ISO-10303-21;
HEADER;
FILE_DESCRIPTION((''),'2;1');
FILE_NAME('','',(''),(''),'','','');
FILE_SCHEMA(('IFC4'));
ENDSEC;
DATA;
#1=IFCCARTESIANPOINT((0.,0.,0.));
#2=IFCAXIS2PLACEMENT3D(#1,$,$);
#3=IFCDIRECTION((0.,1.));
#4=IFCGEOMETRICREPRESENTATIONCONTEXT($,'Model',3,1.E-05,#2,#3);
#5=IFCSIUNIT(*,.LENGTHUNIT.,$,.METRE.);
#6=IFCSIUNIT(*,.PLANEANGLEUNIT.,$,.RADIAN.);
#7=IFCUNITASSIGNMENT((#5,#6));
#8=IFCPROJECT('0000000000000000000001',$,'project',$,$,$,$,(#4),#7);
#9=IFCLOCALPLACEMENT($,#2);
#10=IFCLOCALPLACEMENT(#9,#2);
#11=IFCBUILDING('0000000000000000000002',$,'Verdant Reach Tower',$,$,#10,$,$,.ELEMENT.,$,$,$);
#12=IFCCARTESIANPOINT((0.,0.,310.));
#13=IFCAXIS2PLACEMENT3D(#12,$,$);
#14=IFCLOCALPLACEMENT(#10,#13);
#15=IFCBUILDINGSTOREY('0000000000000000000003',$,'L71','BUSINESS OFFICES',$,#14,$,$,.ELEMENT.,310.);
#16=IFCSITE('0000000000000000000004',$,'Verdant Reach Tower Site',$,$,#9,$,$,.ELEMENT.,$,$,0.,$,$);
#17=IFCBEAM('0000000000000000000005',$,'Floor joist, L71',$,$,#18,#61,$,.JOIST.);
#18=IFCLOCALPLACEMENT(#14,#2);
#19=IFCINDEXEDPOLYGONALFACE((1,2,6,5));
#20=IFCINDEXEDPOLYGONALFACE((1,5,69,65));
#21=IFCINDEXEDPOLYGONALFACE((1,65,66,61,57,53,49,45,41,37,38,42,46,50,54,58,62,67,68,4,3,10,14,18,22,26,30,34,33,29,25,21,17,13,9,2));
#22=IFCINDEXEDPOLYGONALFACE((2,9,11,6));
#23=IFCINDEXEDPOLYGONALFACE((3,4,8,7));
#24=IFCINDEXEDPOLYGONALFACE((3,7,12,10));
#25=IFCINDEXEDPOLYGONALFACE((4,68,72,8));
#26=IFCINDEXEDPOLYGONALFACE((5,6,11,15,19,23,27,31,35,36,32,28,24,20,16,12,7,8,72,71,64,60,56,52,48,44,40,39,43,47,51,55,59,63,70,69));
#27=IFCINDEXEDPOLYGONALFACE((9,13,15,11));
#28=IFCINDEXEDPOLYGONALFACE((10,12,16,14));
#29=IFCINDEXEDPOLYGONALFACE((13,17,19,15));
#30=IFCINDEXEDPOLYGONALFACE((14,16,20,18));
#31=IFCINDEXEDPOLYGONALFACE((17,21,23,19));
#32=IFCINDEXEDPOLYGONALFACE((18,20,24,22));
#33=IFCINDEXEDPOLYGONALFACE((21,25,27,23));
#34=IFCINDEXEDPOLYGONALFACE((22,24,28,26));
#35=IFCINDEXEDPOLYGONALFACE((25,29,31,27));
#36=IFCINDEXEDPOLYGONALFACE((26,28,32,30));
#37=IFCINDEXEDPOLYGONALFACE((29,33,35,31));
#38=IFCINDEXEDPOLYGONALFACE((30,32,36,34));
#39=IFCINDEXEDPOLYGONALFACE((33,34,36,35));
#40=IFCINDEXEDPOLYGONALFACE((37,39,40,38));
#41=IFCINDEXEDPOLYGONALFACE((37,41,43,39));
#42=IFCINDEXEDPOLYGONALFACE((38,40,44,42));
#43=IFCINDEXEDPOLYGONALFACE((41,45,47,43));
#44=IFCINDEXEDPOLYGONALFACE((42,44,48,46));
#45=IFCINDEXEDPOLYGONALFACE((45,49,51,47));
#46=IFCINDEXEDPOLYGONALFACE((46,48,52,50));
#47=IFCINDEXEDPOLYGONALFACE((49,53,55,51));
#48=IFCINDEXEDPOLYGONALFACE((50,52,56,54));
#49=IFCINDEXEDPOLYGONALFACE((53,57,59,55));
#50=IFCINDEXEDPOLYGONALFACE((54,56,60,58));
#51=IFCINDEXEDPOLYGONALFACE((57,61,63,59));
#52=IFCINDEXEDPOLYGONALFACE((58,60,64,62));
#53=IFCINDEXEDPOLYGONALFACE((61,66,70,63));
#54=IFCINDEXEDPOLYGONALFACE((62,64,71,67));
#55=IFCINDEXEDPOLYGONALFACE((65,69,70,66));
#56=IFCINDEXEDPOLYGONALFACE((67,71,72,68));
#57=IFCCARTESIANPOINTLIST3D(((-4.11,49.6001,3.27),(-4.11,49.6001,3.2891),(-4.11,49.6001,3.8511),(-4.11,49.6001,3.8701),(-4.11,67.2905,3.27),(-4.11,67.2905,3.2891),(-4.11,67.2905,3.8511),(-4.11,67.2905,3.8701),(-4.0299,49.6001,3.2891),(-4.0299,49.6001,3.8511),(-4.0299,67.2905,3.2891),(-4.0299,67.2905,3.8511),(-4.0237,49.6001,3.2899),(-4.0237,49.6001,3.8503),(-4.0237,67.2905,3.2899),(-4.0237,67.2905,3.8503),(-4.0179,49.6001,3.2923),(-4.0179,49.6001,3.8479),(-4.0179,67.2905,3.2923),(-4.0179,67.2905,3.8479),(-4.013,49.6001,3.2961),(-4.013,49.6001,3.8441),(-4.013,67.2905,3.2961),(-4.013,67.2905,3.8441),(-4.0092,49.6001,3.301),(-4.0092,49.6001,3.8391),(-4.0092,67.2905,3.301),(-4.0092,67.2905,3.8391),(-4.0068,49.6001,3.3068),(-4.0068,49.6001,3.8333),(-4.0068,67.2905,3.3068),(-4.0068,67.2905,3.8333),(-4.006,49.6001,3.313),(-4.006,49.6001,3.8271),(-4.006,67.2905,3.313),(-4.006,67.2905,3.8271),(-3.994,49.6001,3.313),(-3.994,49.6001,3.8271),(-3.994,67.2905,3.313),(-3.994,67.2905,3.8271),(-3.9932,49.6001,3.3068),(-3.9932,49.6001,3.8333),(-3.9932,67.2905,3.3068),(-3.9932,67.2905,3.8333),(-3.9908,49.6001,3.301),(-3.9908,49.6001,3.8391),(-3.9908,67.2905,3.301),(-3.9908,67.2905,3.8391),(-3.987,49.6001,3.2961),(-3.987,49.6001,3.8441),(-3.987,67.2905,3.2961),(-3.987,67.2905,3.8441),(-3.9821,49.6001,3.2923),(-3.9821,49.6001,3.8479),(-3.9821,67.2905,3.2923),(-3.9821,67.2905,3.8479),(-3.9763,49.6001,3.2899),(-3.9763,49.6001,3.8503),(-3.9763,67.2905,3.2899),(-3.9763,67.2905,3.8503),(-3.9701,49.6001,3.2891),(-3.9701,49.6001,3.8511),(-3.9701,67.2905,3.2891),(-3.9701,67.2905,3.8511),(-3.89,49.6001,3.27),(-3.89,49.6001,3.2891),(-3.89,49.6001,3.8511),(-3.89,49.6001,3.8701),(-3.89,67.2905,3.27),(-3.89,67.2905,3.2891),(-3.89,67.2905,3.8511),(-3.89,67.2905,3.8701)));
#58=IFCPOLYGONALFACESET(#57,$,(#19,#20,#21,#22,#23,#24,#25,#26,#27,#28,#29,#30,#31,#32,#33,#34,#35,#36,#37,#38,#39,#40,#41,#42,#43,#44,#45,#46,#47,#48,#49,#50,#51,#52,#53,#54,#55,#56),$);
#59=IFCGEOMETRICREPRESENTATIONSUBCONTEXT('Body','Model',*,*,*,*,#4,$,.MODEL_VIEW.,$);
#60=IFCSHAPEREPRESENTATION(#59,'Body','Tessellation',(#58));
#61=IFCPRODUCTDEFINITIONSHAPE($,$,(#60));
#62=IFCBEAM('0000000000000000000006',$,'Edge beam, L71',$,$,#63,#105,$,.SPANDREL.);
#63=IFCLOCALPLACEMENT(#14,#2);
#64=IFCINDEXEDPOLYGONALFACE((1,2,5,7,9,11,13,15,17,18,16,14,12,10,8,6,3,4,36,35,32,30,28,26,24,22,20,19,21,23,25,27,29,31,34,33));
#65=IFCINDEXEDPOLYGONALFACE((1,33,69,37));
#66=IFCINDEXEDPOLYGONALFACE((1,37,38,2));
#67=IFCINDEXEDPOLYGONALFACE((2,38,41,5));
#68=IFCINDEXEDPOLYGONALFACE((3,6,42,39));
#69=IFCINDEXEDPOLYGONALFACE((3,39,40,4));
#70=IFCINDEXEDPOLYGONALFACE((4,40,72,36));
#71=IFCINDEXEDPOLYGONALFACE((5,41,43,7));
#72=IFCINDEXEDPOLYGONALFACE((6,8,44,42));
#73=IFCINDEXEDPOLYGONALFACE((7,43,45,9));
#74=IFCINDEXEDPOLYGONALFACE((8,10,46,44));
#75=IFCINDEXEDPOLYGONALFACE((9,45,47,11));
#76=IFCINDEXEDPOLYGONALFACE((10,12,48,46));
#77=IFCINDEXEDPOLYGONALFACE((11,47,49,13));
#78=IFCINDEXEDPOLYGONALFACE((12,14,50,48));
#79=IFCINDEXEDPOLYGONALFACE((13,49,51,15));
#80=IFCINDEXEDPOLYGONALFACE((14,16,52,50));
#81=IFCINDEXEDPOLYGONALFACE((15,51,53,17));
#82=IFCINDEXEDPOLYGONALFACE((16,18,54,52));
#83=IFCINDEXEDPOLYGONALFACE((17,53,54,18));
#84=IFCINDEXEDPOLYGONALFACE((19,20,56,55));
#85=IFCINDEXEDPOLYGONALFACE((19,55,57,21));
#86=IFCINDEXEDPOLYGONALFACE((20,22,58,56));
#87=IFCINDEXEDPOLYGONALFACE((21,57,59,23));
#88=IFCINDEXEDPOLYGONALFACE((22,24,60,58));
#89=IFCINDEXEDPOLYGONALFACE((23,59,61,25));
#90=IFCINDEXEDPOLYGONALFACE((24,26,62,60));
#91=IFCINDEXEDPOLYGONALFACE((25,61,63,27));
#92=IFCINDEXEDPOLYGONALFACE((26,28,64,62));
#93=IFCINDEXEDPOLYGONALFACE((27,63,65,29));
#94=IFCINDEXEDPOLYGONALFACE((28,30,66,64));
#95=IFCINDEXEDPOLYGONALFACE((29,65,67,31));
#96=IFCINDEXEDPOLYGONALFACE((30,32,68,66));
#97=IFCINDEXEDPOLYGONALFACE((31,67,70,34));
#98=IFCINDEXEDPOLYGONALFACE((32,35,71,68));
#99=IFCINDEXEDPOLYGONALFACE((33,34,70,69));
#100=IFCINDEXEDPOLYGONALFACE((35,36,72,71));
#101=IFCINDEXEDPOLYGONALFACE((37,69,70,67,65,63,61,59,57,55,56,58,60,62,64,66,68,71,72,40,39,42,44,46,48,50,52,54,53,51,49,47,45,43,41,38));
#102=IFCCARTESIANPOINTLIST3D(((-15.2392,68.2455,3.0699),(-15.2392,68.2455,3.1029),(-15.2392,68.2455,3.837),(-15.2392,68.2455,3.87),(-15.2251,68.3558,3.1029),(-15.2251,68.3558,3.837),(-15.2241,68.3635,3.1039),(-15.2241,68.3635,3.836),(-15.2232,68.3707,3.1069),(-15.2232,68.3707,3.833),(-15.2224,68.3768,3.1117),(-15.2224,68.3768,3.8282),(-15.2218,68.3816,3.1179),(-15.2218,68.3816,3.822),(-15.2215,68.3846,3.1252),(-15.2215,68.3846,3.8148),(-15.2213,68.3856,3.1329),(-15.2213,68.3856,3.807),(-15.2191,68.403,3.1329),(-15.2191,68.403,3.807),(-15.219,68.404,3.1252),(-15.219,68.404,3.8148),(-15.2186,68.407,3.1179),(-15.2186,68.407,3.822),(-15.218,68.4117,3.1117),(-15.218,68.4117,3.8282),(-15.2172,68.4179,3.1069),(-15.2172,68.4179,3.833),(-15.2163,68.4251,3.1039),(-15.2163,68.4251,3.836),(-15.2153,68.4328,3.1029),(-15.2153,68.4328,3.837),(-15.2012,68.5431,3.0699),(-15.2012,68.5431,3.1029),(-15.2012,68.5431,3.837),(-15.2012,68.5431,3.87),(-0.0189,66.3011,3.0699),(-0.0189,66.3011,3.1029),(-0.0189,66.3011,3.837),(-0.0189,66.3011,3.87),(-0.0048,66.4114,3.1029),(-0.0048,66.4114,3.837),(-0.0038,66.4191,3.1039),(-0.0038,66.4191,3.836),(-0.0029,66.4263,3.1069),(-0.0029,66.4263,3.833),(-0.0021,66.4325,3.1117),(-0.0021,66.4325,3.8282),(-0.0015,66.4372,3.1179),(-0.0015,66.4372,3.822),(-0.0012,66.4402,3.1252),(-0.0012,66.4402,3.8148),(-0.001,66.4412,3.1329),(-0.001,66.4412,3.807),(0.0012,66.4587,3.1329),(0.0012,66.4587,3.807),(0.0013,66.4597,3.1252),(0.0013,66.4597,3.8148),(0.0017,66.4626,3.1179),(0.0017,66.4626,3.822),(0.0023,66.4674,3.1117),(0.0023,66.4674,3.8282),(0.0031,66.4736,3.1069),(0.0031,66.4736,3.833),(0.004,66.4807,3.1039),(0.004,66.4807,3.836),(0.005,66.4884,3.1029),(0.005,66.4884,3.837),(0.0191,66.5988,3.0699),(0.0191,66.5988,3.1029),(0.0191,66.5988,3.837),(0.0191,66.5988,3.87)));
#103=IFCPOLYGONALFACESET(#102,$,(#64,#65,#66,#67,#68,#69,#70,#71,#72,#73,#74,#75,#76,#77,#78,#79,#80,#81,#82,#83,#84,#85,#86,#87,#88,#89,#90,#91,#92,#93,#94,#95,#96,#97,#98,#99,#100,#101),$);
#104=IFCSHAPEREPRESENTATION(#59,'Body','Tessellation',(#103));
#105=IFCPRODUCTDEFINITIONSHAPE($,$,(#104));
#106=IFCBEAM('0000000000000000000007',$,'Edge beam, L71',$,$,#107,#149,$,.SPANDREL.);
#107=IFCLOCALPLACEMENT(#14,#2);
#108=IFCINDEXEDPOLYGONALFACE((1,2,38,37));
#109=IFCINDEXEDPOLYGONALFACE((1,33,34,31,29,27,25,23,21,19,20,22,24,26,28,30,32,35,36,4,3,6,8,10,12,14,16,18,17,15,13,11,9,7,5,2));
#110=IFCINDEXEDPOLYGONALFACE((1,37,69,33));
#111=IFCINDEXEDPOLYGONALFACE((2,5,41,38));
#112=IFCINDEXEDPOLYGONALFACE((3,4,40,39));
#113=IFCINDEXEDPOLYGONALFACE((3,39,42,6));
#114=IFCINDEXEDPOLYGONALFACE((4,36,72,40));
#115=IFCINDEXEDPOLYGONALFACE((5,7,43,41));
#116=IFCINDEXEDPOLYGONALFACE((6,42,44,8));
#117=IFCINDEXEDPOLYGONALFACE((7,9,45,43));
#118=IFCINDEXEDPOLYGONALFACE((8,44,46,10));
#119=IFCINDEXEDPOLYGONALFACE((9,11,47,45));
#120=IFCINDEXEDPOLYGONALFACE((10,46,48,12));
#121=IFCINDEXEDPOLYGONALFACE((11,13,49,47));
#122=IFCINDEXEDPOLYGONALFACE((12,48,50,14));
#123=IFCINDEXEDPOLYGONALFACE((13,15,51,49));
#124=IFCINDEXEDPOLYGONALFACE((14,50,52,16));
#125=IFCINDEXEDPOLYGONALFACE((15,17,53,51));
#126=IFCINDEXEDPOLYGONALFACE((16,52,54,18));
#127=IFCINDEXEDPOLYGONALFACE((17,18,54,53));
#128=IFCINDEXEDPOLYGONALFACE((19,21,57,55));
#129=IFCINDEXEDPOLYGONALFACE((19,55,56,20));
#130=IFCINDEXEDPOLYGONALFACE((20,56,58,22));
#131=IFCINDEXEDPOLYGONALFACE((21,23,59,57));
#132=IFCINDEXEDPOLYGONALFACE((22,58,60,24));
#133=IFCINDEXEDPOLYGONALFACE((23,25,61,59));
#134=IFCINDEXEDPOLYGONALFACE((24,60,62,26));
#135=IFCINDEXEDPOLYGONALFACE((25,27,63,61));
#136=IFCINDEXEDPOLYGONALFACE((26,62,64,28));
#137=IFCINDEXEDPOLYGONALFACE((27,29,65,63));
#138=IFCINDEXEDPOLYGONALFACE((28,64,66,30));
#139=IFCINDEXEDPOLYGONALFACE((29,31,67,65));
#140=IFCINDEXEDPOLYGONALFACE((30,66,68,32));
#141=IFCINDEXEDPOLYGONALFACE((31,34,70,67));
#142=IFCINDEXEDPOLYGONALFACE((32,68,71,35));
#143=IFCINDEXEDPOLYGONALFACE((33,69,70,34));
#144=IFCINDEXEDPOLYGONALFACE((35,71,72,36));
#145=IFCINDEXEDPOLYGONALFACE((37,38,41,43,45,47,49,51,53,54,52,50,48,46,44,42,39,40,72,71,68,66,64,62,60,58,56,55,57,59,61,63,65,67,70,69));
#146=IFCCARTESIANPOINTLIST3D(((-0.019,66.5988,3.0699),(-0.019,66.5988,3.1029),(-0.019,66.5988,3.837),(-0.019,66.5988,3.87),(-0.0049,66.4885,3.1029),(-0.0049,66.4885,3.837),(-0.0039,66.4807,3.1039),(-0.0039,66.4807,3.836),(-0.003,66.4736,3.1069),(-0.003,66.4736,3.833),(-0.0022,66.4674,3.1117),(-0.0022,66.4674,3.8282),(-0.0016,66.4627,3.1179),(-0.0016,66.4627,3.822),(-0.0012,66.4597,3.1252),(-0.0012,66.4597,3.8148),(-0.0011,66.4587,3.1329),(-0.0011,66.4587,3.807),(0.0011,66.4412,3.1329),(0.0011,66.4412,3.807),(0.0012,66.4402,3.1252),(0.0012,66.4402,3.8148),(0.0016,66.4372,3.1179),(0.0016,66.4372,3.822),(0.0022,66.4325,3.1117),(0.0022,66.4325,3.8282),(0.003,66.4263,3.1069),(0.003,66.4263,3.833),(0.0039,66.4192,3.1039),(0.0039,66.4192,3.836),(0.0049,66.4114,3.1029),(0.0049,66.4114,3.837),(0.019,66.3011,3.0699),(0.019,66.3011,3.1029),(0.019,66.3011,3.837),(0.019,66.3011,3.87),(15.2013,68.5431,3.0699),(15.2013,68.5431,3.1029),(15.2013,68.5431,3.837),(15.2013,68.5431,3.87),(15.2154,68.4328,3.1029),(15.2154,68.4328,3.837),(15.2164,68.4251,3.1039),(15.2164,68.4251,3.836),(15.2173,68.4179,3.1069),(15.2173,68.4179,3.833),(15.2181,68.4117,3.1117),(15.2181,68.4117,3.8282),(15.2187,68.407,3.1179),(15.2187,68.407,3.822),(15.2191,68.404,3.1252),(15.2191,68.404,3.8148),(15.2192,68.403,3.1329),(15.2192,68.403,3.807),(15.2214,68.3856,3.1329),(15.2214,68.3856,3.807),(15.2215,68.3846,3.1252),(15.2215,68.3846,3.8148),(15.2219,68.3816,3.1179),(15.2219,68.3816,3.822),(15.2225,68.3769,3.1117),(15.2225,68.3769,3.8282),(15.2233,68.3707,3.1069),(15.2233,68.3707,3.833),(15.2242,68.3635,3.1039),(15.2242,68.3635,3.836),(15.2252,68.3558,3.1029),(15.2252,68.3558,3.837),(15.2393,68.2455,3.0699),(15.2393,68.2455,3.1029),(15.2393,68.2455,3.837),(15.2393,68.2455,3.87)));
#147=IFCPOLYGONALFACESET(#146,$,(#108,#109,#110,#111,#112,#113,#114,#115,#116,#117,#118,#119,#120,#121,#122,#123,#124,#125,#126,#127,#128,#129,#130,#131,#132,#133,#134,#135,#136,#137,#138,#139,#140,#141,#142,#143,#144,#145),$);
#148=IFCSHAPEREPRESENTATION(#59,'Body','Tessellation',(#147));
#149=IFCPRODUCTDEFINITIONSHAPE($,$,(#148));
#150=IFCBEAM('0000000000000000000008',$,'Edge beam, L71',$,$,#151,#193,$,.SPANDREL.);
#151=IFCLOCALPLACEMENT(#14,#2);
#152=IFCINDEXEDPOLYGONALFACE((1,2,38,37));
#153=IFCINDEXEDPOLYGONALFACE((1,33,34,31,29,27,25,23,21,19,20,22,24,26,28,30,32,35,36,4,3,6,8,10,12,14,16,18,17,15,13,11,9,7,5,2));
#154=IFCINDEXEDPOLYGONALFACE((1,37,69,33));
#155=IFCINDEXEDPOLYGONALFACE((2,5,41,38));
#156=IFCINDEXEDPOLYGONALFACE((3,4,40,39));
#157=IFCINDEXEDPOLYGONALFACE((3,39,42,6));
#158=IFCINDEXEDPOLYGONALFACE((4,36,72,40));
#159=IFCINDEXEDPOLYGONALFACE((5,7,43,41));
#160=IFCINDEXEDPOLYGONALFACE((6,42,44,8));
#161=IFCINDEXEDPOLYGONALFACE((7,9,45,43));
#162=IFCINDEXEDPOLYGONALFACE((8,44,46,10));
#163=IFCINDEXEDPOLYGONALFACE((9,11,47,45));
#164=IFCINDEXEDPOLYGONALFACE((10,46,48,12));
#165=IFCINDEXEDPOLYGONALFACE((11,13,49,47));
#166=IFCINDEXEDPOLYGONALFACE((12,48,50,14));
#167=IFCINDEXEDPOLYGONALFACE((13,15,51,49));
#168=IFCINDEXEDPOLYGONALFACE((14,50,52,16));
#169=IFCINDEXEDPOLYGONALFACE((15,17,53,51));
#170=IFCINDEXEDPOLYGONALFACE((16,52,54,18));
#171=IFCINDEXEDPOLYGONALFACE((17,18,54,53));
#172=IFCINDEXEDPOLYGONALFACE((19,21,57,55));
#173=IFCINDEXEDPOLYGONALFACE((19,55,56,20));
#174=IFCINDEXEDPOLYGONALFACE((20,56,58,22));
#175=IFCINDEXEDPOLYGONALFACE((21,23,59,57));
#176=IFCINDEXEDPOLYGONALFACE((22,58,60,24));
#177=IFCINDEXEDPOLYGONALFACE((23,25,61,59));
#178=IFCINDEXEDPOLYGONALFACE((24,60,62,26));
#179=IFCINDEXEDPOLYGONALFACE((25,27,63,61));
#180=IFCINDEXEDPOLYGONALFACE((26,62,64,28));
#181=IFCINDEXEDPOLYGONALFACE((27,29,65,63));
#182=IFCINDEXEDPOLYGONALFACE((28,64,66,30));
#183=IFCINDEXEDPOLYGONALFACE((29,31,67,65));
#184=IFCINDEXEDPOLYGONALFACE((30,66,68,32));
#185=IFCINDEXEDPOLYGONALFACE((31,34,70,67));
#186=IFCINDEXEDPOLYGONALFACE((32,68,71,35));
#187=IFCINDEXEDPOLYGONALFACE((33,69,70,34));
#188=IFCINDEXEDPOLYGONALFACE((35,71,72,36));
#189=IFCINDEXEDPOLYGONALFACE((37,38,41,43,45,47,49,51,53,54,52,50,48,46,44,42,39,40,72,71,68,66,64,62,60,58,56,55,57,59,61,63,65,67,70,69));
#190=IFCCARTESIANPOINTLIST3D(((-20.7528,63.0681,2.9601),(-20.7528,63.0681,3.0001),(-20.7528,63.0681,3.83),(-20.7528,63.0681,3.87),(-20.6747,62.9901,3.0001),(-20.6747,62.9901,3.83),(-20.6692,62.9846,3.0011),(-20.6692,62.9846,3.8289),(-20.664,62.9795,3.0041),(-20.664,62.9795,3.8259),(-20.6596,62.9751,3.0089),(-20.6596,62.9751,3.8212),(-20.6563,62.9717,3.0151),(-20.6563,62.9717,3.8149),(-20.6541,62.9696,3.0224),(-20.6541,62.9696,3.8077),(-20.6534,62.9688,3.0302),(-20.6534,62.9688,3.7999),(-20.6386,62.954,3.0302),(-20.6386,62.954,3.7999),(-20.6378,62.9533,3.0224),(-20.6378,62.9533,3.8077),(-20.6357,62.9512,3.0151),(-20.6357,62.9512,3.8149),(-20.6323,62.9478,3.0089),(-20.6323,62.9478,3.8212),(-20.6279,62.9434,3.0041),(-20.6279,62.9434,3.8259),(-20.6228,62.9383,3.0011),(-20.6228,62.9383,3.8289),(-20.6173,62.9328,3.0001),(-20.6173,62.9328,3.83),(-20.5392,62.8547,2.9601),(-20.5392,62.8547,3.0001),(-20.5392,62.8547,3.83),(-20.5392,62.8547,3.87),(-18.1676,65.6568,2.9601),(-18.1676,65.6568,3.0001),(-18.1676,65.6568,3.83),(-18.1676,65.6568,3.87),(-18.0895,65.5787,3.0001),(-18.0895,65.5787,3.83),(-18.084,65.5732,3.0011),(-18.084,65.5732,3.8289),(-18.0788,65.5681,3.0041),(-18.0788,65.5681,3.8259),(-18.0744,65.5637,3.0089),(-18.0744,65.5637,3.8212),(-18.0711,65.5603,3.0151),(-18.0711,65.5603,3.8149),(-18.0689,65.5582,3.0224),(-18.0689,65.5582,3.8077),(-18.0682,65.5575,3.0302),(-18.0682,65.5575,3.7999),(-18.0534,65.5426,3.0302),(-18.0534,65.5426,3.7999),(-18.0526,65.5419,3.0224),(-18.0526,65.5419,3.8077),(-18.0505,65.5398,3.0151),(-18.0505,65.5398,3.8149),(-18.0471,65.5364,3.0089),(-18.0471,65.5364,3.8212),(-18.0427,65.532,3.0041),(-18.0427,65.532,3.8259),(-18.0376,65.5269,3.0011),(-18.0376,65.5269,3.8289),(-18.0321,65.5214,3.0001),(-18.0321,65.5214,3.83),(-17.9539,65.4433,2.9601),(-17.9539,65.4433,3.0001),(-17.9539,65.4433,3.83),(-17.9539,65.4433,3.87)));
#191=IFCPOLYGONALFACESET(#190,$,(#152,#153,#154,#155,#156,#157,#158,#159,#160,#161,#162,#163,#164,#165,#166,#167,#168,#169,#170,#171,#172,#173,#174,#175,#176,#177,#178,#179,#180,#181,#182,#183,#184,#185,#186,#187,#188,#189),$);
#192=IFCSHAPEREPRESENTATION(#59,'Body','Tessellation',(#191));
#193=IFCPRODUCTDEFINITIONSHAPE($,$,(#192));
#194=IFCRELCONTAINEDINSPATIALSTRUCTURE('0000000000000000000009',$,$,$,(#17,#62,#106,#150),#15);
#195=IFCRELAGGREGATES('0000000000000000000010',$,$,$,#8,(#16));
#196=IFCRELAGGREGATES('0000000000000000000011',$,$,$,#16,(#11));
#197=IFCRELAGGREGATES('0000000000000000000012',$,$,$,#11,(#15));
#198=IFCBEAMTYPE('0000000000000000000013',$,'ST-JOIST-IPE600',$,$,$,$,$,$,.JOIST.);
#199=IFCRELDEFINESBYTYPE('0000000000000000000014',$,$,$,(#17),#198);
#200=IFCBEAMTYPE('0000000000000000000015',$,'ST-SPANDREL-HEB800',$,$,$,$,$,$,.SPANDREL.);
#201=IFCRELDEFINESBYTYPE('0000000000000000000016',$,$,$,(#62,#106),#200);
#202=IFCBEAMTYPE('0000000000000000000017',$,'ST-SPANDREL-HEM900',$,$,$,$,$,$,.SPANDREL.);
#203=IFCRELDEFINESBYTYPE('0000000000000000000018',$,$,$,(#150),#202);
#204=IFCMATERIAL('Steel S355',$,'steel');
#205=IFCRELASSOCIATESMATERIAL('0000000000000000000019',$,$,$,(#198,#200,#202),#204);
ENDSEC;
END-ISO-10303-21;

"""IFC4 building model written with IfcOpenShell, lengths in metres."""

from ifc_helpers import new_model, si_unit, direction, frame, origin, origin_2d, place, context, subcontext, project, spatial, i_section, extrude, material, material_profile, profile_set, type_object, element, save


model = new_model("IFC4")

# Units and contexts
model_context = context("Model", 3, precision=1e-05, world=origin(), true_north=direction((0.0, 1.0)))
body_context = subcontext(model_context, "Body", "Model", "MODEL_VIEW")
ifc_project = project(units=[si_unit("LENGTHUNIT", "METRE"), si_unit("PLANEANGLEUNIT", "RADIAN")], contexts=[model_context])

# Site, building, storey
site_placement = place(None, origin())
site = spatial("IfcSite", under=ifc_project, at=site_placement, Name="Verdant Reach Tower Site", CompositionType="ELEMENT", RefElevation=0.0)
building_placement = place(site_placement, origin())
building = spatial("IfcBuilding", under=site, at=building_placement, Name="Verdant Reach Tower", CompositionType="ELEMENT")
storey_placement = place(building_placement, frame((0.0, 0.0, 310.0)))
storey = spatial("IfcBuildingStorey", under=building, at=storey_placement, Name="L71", Description="BUSINESS OFFICES", CompositionType="ELEMENT", Elevation=310.0)

# Beams
ifc_material_1 = material(Name="Steel S355", Category="steel")
ifc_material_profile_1 = material_profile(ifc_material_1, i_section(OverallWidth=0.22, OverallDepth=0.6001, WebThickness=0.012, FlangeThickness=0.019, FilletRadius=0.0239, at=origin_2d()), Name="IPE 600")
ifc_profile_set_1 = profile_set([ifc_material_profile_1], Name="Steel S355")
beam_type_1 = type_object("IfcBeamType", Name="ST-JOIST-IPE600", PredefinedType="JOIST", material=ifc_profile_set_1)
beam_1_placement = place(storey_placement, frame((-4.0, 49.6001, 3.5701), z_axis=(0.0, 1.0, 0.0), x_axis=(-1.0, 0.0, 0.0)))
element("IfcBeam", 1, at=beam_1_placement, inside=storey, type_object=beam_type_1, Name="Floor joist, L71", PredefinedType="JOIST", context=body_context, shape_type="SweptSolid", body=[
    extrude(i_section(OverallWidth=0.22, OverallDepth=0.6001, WebThickness=0.012, FlangeThickness=0.019, FilletRadius=0.0239, at=origin_2d()), origin(), (0.0, 0.0, 1.0), 17.6904),
])
ifc_material_profile_2 = material_profile(ifc_material_1, i_section(OverallWidth=0.3, OverallDepth=0.8, WebThickness=0.0176, FlangeThickness=0.033, FilletRadius=0.03, at=origin_2d()), Name="HEB 800")
ifc_profile_set_2 = profile_set([ifc_material_profile_2], Name="Steel S355")
beam_type_2 = type_object("IfcBeamType", Name="ST-SPANDREL-HEB800", PredefinedType="SPANDREL", material=ifc_profile_set_2)
for number, where, z_axis, x_axis, name in (
    (2, (-15.2202, 68.3943, 3.47), (0.991939, -0.126717, 0.0), (0.126717, 0.991939, 0.0), "Edge beam, L71"),
    (3, (0.0, 66.45, 3.47), (0.991939, 0.126717, 0.0), (-0.126717, 0.991939, 0.0), "Edge beam, L71"),
):
    element("IfcBeam", number, at=place(storey_placement, frame(where, z_axis=z_axis, x_axis=x_axis)), inside=storey, type_object=beam_type_2, Name=name, PredefinedType="SPANDREL", context=body_context, shape_type="SweptSolid", body=[
        extrude(i_section(OverallWidth=0.3, OverallDepth=0.8, WebThickness=0.0176, FlangeThickness=0.033, FilletRadius=0.03, at=origin_2d()), origin(), (0.0, 0.0, 1.0), 15.344),
    ])
ifc_material_profile_3 = material_profile(ifc_material_1, i_section(OverallWidth=0.302, OverallDepth=0.9099, WebThickness=0.021, FlangeThickness=0.04, FilletRadius=0.03, at=origin_2d()), Name="HEM 900")
ifc_profile_set_3 = profile_set([ifc_material_profile_3], Name="Steel S355")
beam_type_3 = type_object("IfcBeamType", Name="ST-SPANDREL-HEM900", PredefinedType="SPANDREL", material=ifc_profile_set_3)
beam_2_placement = place(storey_placement, frame((-20.646, 62.9614, 3.415), z_axis=(0.706639, 0.707574, 0.0), x_axis=(-0.707574, 0.706639, 0.0)))
element("IfcBeam", 4, at=beam_2_placement, inside=storey, type_object=beam_type_3, Name="Edge beam, L71", PredefinedType="SPANDREL", context=body_context, shape_type="SweptSolid", body=[
    extrude(i_section(OverallWidth=0.302, OverallDepth=0.9099, WebThickness=0.021, FlangeThickness=0.04, FilletRadius=0.03, at=origin_2d()), origin(), (0.0, 0.0, 1.0), 3.6584),
])

save(model, "model.ifc")
